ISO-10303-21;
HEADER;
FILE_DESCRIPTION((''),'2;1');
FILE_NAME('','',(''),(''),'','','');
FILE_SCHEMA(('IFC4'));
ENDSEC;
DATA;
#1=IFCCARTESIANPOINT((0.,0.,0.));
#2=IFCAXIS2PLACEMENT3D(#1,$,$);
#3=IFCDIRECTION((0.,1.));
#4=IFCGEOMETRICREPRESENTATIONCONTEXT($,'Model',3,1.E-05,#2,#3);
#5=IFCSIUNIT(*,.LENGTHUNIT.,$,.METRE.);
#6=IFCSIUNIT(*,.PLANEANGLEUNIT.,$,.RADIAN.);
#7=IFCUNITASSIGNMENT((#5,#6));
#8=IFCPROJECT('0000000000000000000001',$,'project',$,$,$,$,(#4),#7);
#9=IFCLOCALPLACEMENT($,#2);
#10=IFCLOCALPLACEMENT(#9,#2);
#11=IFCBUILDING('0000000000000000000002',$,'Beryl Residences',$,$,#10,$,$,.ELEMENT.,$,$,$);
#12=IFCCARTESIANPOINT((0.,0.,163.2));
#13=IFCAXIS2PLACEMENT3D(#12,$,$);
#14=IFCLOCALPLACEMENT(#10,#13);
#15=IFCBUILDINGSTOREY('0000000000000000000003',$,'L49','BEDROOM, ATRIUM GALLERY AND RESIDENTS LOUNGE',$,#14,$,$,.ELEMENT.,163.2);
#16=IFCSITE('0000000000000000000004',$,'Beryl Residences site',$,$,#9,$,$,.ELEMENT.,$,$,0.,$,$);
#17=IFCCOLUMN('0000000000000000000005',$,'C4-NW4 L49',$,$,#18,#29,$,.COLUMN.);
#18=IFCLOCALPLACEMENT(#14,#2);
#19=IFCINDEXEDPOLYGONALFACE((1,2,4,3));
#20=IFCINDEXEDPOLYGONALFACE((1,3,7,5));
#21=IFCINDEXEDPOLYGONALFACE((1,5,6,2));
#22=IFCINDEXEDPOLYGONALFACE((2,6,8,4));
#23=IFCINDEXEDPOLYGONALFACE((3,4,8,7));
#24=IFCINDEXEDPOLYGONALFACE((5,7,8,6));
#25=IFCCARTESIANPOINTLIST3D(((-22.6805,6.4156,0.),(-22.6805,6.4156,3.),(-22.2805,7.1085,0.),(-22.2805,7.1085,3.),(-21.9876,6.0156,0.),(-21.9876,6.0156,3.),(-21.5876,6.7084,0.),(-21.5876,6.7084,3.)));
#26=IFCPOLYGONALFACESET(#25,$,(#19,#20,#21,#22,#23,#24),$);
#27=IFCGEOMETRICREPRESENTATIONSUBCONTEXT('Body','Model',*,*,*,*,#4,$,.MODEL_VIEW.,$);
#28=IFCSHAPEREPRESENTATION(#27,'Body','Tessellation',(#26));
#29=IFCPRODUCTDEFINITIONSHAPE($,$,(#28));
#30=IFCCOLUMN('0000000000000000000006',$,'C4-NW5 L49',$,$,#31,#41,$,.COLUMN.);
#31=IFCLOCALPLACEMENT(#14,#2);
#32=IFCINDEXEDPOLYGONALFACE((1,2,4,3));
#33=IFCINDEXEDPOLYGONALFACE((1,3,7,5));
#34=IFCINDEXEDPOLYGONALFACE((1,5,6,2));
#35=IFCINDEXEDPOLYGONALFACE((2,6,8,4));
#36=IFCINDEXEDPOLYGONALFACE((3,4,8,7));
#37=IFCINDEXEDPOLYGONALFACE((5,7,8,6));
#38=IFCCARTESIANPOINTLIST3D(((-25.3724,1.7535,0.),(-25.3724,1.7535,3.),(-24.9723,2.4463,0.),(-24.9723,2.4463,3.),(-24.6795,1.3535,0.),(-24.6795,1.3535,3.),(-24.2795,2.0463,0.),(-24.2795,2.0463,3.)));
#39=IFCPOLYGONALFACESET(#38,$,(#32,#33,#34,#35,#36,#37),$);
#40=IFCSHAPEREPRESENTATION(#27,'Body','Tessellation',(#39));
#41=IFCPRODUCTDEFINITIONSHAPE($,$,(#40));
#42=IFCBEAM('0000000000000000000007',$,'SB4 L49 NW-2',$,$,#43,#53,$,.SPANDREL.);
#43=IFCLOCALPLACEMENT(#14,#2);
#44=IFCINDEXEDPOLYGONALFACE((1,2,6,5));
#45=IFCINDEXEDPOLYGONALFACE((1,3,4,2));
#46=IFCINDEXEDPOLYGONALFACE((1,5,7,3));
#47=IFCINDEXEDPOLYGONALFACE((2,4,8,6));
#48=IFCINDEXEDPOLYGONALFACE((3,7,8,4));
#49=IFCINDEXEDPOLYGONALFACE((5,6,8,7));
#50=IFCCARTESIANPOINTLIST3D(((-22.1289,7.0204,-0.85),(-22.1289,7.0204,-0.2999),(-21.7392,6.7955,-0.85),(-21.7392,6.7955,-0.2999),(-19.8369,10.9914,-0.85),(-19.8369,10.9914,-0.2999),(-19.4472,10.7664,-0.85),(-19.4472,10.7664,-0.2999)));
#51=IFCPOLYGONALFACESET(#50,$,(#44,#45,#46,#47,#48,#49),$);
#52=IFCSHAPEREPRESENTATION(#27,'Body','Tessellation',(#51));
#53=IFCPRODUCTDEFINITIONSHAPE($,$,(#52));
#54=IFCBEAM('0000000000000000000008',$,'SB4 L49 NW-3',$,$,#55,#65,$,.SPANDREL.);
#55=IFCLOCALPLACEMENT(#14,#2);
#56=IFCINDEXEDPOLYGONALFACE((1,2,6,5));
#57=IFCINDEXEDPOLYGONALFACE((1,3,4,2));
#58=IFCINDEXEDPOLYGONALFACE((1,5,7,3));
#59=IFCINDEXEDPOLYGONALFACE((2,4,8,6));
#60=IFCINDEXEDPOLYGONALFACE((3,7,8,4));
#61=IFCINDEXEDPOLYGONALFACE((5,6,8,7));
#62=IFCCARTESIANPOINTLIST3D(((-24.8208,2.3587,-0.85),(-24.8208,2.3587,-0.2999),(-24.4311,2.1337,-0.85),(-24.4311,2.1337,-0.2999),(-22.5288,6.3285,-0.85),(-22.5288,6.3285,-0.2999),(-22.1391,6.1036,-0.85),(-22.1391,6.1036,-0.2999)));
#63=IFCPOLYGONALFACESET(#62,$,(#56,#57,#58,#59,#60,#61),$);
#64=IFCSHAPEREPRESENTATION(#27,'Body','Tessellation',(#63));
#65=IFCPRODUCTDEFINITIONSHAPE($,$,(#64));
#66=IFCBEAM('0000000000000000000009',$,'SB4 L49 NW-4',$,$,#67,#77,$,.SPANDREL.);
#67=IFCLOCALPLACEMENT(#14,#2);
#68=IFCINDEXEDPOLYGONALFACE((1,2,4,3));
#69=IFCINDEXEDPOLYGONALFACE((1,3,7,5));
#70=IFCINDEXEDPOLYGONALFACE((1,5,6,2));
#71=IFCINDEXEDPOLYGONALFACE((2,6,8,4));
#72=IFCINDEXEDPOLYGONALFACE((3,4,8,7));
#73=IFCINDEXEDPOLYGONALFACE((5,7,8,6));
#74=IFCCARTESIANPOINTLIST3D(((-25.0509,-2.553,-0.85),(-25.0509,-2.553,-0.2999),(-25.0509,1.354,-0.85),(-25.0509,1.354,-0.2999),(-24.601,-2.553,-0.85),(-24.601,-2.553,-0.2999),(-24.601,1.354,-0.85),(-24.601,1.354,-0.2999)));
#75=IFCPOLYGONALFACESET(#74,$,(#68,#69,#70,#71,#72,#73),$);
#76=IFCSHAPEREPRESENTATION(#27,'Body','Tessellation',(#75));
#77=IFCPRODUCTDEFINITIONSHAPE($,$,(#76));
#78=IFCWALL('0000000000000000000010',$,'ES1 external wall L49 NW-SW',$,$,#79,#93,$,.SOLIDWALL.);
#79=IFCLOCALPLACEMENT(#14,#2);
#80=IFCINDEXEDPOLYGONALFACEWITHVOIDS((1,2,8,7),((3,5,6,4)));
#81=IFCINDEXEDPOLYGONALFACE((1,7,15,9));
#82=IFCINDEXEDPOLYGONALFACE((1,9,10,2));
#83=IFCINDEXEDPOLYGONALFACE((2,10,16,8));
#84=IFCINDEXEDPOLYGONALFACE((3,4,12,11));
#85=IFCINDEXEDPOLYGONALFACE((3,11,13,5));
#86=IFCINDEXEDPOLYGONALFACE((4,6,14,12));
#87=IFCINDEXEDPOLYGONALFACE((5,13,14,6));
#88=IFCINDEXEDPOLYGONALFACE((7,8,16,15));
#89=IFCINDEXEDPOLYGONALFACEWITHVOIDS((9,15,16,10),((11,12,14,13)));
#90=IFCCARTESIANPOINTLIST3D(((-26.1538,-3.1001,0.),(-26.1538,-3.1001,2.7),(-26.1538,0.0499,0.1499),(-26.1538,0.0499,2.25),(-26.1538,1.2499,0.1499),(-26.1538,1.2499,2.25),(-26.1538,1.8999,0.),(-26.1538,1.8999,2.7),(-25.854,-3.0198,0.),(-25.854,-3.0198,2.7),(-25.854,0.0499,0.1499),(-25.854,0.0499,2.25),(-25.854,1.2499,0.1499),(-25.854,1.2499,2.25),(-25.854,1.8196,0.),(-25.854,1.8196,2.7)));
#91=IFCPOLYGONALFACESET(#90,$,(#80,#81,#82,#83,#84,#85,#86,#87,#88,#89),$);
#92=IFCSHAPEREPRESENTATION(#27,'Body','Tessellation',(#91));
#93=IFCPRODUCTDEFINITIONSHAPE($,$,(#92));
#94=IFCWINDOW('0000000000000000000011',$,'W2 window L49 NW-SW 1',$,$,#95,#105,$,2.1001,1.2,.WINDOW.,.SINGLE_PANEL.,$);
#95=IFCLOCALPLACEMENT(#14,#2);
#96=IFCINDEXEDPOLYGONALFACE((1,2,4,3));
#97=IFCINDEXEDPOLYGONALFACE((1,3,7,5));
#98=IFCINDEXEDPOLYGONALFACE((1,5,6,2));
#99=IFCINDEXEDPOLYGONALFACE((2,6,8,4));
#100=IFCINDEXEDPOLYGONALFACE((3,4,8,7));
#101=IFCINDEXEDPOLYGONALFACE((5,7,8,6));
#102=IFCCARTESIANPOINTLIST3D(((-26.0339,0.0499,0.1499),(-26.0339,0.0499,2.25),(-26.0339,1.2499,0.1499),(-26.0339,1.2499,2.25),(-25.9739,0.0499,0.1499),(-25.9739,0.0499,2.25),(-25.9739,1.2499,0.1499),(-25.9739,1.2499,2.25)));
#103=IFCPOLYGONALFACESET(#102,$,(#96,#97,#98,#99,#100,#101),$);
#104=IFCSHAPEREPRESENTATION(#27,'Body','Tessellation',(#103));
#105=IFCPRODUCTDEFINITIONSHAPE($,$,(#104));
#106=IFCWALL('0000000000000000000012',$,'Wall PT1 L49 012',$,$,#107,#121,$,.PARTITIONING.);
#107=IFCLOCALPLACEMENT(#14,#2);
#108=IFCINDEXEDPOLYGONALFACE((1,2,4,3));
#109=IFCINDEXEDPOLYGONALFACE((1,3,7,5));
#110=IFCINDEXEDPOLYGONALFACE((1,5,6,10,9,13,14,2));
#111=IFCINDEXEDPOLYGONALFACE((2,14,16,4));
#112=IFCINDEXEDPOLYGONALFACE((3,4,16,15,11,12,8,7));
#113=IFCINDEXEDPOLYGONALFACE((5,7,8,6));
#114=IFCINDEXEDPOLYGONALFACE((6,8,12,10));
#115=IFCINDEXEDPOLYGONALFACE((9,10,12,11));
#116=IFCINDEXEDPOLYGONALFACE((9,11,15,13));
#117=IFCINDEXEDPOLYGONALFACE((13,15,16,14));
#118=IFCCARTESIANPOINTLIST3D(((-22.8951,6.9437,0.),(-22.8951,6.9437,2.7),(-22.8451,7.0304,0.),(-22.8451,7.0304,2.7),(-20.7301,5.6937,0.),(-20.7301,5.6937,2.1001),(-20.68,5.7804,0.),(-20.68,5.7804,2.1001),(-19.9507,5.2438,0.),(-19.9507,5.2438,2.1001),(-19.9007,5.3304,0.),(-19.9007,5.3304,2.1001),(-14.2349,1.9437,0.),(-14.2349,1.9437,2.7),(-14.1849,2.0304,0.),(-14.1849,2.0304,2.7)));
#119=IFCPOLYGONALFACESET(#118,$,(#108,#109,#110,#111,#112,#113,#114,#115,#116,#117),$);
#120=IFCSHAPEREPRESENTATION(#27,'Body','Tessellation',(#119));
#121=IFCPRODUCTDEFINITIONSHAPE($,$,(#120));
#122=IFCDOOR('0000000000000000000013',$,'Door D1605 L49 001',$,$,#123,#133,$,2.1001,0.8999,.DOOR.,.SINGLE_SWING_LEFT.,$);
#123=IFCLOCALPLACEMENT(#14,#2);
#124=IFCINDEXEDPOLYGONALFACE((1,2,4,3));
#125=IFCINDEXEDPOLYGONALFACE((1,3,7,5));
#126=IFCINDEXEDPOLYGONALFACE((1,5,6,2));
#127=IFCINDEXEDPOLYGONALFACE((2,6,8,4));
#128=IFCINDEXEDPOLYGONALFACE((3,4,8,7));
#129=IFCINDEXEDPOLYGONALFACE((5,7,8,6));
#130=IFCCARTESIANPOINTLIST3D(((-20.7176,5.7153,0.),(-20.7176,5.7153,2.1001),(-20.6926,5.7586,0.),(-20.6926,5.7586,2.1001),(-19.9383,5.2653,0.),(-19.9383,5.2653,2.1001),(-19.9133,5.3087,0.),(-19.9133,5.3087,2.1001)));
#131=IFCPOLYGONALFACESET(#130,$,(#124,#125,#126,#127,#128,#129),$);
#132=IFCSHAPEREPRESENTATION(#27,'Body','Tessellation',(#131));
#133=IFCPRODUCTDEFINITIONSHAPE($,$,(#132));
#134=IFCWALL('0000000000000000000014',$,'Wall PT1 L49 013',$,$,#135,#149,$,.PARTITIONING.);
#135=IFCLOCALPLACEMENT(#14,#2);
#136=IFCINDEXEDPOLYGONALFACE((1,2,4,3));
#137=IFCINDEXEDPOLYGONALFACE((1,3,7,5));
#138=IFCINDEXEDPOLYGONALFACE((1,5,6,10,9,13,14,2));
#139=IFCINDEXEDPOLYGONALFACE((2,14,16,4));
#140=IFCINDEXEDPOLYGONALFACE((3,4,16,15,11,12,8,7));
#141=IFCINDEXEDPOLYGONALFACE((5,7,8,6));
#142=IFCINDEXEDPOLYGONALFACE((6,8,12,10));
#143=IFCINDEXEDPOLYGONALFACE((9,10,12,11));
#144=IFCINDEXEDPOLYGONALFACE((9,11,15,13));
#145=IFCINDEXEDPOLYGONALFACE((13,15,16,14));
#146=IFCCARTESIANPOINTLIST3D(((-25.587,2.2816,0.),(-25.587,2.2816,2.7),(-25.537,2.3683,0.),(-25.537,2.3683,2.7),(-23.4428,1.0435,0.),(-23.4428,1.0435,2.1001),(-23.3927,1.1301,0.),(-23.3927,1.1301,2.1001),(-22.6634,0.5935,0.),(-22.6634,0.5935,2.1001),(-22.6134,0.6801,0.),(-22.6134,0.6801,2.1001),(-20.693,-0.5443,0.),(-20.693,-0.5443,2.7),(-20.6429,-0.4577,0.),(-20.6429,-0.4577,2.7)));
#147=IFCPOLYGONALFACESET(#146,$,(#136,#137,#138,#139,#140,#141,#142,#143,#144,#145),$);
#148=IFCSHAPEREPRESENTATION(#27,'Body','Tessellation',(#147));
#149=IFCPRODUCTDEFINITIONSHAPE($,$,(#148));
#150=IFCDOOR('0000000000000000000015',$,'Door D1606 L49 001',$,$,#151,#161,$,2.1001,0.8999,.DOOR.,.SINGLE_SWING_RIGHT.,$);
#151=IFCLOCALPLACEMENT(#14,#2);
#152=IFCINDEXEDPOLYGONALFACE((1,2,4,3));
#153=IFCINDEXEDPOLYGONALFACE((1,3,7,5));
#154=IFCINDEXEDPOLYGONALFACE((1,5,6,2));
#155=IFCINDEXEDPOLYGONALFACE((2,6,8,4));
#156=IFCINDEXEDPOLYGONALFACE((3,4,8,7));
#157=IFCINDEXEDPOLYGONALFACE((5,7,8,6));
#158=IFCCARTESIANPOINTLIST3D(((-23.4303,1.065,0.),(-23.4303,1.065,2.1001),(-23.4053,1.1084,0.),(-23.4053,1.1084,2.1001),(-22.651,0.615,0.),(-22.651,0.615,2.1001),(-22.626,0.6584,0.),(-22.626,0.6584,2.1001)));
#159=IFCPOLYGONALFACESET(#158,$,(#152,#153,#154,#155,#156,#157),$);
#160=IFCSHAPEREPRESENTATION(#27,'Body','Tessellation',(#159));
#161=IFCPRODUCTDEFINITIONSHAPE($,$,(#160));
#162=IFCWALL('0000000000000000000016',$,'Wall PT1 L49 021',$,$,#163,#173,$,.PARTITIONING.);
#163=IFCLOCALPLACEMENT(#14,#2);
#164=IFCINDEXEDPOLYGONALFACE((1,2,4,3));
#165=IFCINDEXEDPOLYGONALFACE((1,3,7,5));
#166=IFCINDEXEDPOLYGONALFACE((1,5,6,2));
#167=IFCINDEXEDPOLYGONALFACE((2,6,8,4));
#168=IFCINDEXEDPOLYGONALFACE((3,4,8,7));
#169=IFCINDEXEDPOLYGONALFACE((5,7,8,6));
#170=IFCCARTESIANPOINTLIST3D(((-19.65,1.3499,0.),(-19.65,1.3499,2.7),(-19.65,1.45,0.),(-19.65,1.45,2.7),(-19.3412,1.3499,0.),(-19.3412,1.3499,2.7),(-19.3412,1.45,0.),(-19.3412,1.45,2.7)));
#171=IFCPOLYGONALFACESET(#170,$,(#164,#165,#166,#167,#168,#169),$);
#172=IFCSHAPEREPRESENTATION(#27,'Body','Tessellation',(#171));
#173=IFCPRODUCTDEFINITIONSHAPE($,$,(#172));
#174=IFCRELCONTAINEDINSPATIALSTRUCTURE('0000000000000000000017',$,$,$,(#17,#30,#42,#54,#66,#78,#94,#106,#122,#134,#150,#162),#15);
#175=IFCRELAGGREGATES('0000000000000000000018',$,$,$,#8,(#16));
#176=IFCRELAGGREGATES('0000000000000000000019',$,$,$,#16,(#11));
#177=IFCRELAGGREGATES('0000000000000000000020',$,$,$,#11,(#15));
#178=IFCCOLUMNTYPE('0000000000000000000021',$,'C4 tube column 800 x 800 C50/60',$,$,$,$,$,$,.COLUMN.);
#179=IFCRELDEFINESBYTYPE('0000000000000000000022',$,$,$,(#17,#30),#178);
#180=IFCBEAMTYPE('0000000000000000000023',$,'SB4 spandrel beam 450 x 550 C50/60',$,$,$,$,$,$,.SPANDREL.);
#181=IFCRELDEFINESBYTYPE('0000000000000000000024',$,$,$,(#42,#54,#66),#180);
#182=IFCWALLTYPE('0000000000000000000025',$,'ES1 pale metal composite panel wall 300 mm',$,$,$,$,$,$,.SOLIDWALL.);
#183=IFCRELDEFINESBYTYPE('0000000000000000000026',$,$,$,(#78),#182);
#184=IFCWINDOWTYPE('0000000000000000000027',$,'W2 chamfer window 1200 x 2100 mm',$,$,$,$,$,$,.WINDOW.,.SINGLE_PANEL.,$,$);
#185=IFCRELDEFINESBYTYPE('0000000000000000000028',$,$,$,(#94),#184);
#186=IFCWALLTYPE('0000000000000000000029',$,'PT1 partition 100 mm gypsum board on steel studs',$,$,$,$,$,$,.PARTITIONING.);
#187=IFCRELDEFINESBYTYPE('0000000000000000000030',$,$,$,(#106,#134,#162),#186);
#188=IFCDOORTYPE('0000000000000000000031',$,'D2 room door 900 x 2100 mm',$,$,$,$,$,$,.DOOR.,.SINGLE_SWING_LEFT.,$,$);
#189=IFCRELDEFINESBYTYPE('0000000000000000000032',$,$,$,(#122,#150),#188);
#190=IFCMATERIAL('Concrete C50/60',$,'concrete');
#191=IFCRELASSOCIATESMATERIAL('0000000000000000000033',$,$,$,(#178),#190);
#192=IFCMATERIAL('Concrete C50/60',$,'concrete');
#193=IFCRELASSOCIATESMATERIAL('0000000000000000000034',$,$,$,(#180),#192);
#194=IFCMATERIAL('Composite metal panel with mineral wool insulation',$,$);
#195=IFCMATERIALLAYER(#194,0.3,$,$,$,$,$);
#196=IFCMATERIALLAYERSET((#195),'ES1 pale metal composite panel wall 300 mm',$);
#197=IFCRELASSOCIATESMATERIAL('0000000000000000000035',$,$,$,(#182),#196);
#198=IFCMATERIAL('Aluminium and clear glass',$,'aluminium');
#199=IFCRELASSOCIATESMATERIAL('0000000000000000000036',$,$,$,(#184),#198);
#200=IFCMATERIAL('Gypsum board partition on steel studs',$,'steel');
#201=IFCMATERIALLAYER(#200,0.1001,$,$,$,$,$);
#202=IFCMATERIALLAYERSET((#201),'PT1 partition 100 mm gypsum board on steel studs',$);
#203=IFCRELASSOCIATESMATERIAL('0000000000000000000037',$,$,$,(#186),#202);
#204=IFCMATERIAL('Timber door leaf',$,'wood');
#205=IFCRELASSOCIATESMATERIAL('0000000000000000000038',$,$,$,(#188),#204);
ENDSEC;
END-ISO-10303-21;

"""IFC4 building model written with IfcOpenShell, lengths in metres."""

from ifc_helpers import new_model, si_unit, direction, frame, frame_2d, origin, origin_2d, place, context, subcontext, project, spatial, polyline, rectangle, outline, extrude, material, layer, layer_set, material_profile, profile_set, type_object, element, fill, save


model = new_model("IFC4")

# Units and contexts
model_context = context("Model", 3, precision=1e-05, world=origin(), true_north=direction((0.0, 1.0)))
body_context = subcontext(model_context, "Body", "Model", "MODEL_VIEW")
ifc_project = project(units=[si_unit("LENGTHUNIT", "METRE"), si_unit("PLANEANGLEUNIT", "RADIAN")], contexts=[model_context])

# Site, building, storey
site_placement = place(None, origin())
site = spatial("IfcSite", under=ifc_project, at=site_placement, Name="Beryl Residences site", CompositionType="ELEMENT", RefElevation=0.0)
building_placement = place(site_placement, origin())
building = spatial("IfcBuilding", under=site, at=building_placement, Name="Beryl Residences", CompositionType="ELEMENT")
storey_placement = place(building_placement, frame((0.0, 0.0, 163.2)))
storey = spatial("IfcBuildingStorey", under=building, at=storey_placement, Name="L49", Description="BEDROOM, ATRIUM GALLERY AND RESIDENTS LOUNGE", CompositionType="ELEMENT", Elevation=163.2)

# Columns
ifc_material_1 = material(Name="Concrete C50/60", Category="concrete")
ifc_material_profile_1 = material_profile(ifc_material_1, rectangle(XDim=0.8, YDim=0.8, at=origin_2d()))
ifc_profile_set_1 = profile_set([ifc_material_profile_1], Name="Concrete C50/60")
column_type = type_object("IfcColumnType", Name="C4 tube column 800 x 800 C50/60", PredefinedType="COLUMN", material=ifc_profile_set_1)
for number, where, z_axis, x_axis, name in (
    (1, (-22.134, 6.562, 0.0), (0.0, 0.0, 1.0), (-0.5, -0.866025, 0.0), "C4-NW4 L49"),
    (2, (-24.8259, 1.8999, 0.0), (0.0, 0.0, 1.0), (-0.5, -0.866025, 0.0), "C4-NW5 L49"),
):
    element("IfcColumn", number, at=place(storey_placement, frame(where, z_axis=z_axis, x_axis=x_axis)), inside=storey, type_object=column_type, Name=name, PredefinedType="COLUMN", context=body_context, shape_type="SweptSolid", body=[
        extrude(rectangle(XDim=0.8, YDim=0.8, at=origin_2d()), origin(), (0.0, 0.0, 1.0), 3.0),
    ])

# Beams
ifc_material_2 = material(Name="Concrete C50/60", Category="concrete")
ifc_material_profile_2 = material_profile(ifc_material_2, rectangle(XDim=0.45, YDim=0.55, at=origin_2d()))
ifc_profile_set_2 = profile_set([ifc_material_profile_2], Name="Concrete C50/60")
beam_type = type_object("IfcBeamType", Name="SB4 spandrel beam 450 x 550 C50/60", PredefinedType="SPANDREL", material=ifc_profile_set_2)
beam_1_placement = place(storey_placement, frame((-19.6421, 10.8789, -0.575), z_axis=(-0.499896, -0.866085, 0.0), x_axis=(0.866085, -0.499896, 0.0)))
element("IfcBeam", 3, at=beam_1_placement, inside=storey, type_object=beam_type, Name="SB4 L49 NW-2", PredefinedType="SPANDREL", context=body_context, shape_type="SweptSolid", body=[
    extrude(rectangle(XDim=0.45, YDim=0.55, at=origin_2d()), origin(), (0.0, 0.0, 1.0), 4.585),
])
beam_2_placement = place(storey_placement, frame((-22.334, 6.2161, -0.575), z_axis=(-0.499988, -0.866032, 0.0), x_axis=(0.866032, -0.499988, 0.0)))
element("IfcBeam", 4, at=beam_2_placement, inside=storey, type_object=beam_type, Name="SB4 L49 NW-3", PredefinedType="SPANDREL", context=body_context, shape_type="SweptSolid", body=[
    extrude(rectangle(XDim=0.45, YDim=0.55, at=origin_2d()), origin(), (0.0, 0.0, 1.0), 4.584),
])
beam_3_placement = place(storey_placement, frame((-24.8259, 1.354, -0.575), z_axis=(0.0, -1.0, 0.0), x_axis=(1.0, 0.0, 0.0)))
element("IfcBeam", 5, at=beam_3_placement, inside=storey, type_object=beam_type, Name="SB4 L49 NW-4", PredefinedType="SPANDREL", context=body_context, shape_type="SweptSolid", body=[
    extrude(rectangle(XDim=0.45, YDim=0.55, at=origin_2d()), origin(), (0.0, 0.0, 1.0), 3.907),
])

# Wall, opening, window
ifc_material_3 = material(Name="Composite metal panel with mineral wool insulation")
ifc_layer_1 = layer(ifc_material_3, 0.3)
ifc_layer_set_1 = layer_set([ifc_layer_1], Name="ES1 pale metal composite panel wall 300 mm")
wall_type_1 = type_object("IfcWallType", Name="ES1 pale metal composite panel wall 300 mm", PredefinedType="SOLIDWALL", material=ifc_layer_set_1)
wall_1_placement = place(storey_placement, frame((-26.0039, 1.8999, 0.0), z_axis=(0.0, 0.0, 1.0), x_axis=(0.0, -1.0, 0.0)))
wall_1 = element("IfcWall", 6, at=wall_1_placement, inside=storey, type_object=wall_type_1, Name="ES1 external wall L49 NW-SW", PredefinedType="SOLIDWALL", context=body_context, shape_type="SweptSolid", body=[
    extrude(outline(polyline([(0.0, -0.1499), (5.0, -0.1499), (4.9197, 0.1499), (0.0803, 0.1499), (0.0, -0.1499)])), origin(), (0.0, 0.0, 1.0), 2.7),
])
opening_1_placement = place(wall_1_placement, frame((0.6499, 0.0, 0.1499)))
opening_1 = element("IfcOpeningElement", 7, at=opening_1_placement, cuts=wall_1, PredefinedType="OPENING", context=body_context, shape_type="SweptSolid", body=[
    extrude(rectangle(XDim=1.2, YDim=2.1001, at=frame_2d((0.6001, 1.05))), frame((0.0, 0.1599, 0.0), z_axis=(0.0, -1.0, 0.0), x_axis=(1.0, 0.0, 0.0)), (0.0, 0.0, 1.0), 0.3201),
])
ifc_material_4 = material(Name="Aluminium and clear glass", Category="aluminium")
window_type = type_object("IfcWindowType", Name="W2 chamfer window 1200 x 2100 mm", PartitioningType="SINGLE_PANEL", PredefinedType="WINDOW", material=ifc_material_4)
window_placement = place(opening_1_placement, origin())
window = element("IfcWindow", 8, at=window_placement, inside=storey, type_object=window_type, Name="W2 window L49 NW-SW 1", OverallHeight=2.1001, OverallWidth=1.2, PartitioningType="SINGLE_PANEL", PredefinedType="WINDOW", context=body_context, shape_type="SweptSolid", body=[
    extrude(rectangle(XDim=1.2, YDim=2.1001, at=frame_2d((0.6001, 1.05))), frame((0.0, 0.03, 0.0), z_axis=(0.0, -1.0, 0.0), x_axis=(1.0, 0.0, 0.0)), (0.0, 0.0, 1.0), 0.0601),
])
fill(opening_1, window)

# Walls, openings, doors
ifc_material_5 = material(Name="Gypsum board partition on steel studs", Category="steel")
ifc_layer_2 = layer(ifc_material_5, 0.1001)
ifc_layer_set_2 = layer_set([ifc_layer_2], Name="PT1 partition 100 mm gypsum board on steel studs")
wall_type_2 = type_object("IfcWallType", Name="PT1 partition 100 mm gypsum board on steel studs", PredefinedType="PARTITIONING", material=ifc_layer_set_2)
wall_2_placement = place(storey_placement, frame((-22.8701, 6.9871, 0.0), z_axis=(0.0, 0.0, 1.0), x_axis=(0.866023, -0.500004, 0.0)))
wall_2 = element("IfcWall", 9, at=wall_2_placement, inside=storey, type_object=wall_type_2, Name="Wall PT1 L49 012", PredefinedType="PARTITIONING", context=body_context, shape_type="SweptSolid", body=[
    extrude(rectangle(XDim=10.0, YDim=0.1001, at=frame_2d((5.0, 0.0))), origin(), (0.0, 0.0, 1.0), 2.7),
])
opening_2_placement = place(wall_2_placement, frame((2.5, 0.0, 0.0)))
opening_2 = element("IfcOpeningElement", 10, at=opening_2_placement, cuts=wall_2, PredefinedType="OPENING", context=body_context, shape_type="SweptSolid", body=[
    extrude(rectangle(XDim=0.8999, YDim=2.1001, at=frame_2d((0.45, 1.05))), frame((0.0, 0.0601, 0.0), z_axis=(0.0, -1.0, 0.0), x_axis=(1.0, 0.0, 0.0)), (0.0, 0.0, 1.0), 0.1201),
])
ifc_material_6 = material(Name="Timber door leaf", Category="wood")
door_type_1 = type_object("IfcDoorType", Name="D2 room door 900 x 2100 mm", OperationType="SINGLE_SWING_LEFT", PredefinedType="DOOR", material=ifc_material_6)
door_1_placement = place(opening_2_placement, origin())
door_1 = element("IfcDoor", 11, at=door_1_placement, inside=storey, type_object=door_type_1, Name="Door D1605 L49 001", OperationType="SINGLE_SWING_LEFT", OverallHeight=2.1001, OverallWidth=0.8999, PredefinedType="DOOR", context=body_context, shape_type="SweptSolid", body=[
    extrude(rectangle(XDim=0.8999, YDim=2.1001, at=frame_2d((0.45, 1.05))), frame((0.0, 0.0249, 0.0), z_axis=(0.0, -1.0, 0.0), x_axis=(1.0, 0.0, 0.0)), (0.0, 0.0, 1.0), 0.05),
])
fill(opening_2, door_1)
wall_3_placement = place(storey_placement, frame((-25.562, 2.325, 0.0), z_axis=(0.0, 0.0, 1.0), x_axis=(0.865999, -0.500047, 0.0)))
wall_3 = element("IfcWall", 12, at=wall_3_placement, inside=storey, type_object=wall_type_2, Name="Wall PT1 L49 013", PredefinedType="PARTITIONING", context=body_context, shape_type="SweptSolid", body=[
    extrude(rectangle(XDim=5.6514, YDim=0.1001, at=frame_2d((2.8257, 0.0))), origin(), (0.0, 0.0, 1.0), 2.7),
])
opening_3_placement = place(wall_3_placement, frame((2.4761, 0.0, 0.0)))
opening_3 = element("IfcOpeningElement", 13, at=opening_3_placement, cuts=wall_3, PredefinedType="OPENING", context=body_context, shape_type="SweptSolid", body=[
    extrude(rectangle(XDim=0.8999, YDim=2.1001, at=frame_2d((0.45, 1.05))), frame((0.0, 0.0601, 0.0), z_axis=(0.0, -1.0, 0.0), x_axis=(1.0, 0.0, 0.0)), (0.0, 0.0, 1.0), 0.1201),
])
door_2_placement = place(opening_3_placement, origin())
door_2 = element("IfcDoor", 14, at=door_2_placement, inside=storey, type_object=door_type_1, Name="Door D1606 L49 001", OperationType="SINGLE_SWING_RIGHT", OverallHeight=2.1001, OverallWidth=0.8999, PredefinedType="DOOR", context=body_context, shape_type="SweptSolid", body=[
    extrude(rectangle(XDim=0.8999, YDim=2.1001, at=frame_2d((0.45, 1.05))), frame((0.0, 0.0249, 0.0), z_axis=(0.0, -1.0, 0.0), x_axis=(1.0, 0.0, 0.0)), (0.0, 0.0, 1.0), 0.05),
])
fill(opening_3, door_2)

# Wall
wall_4_placement = place(storey_placement, frame((-19.6499, 1.3999, 0.0), z_axis=(0.0, 0.0, 1.0), x_axis=(1.0, 0.0, 0.0)))
element("IfcWall", 15, at=wall_4_placement, inside=storey, type_object=wall_type_2, Name="Wall PT1 L49 021", PredefinedType="PARTITIONING", context=body_context, shape_type="SweptSolid", body=[
    extrude(rectangle(XDim=0.3088, YDim=0.1001, at=frame_2d((0.1543, 0.0))), origin(), (0.0, 0.0, 1.0), 2.7),
])

save(model, "model.ifc")
